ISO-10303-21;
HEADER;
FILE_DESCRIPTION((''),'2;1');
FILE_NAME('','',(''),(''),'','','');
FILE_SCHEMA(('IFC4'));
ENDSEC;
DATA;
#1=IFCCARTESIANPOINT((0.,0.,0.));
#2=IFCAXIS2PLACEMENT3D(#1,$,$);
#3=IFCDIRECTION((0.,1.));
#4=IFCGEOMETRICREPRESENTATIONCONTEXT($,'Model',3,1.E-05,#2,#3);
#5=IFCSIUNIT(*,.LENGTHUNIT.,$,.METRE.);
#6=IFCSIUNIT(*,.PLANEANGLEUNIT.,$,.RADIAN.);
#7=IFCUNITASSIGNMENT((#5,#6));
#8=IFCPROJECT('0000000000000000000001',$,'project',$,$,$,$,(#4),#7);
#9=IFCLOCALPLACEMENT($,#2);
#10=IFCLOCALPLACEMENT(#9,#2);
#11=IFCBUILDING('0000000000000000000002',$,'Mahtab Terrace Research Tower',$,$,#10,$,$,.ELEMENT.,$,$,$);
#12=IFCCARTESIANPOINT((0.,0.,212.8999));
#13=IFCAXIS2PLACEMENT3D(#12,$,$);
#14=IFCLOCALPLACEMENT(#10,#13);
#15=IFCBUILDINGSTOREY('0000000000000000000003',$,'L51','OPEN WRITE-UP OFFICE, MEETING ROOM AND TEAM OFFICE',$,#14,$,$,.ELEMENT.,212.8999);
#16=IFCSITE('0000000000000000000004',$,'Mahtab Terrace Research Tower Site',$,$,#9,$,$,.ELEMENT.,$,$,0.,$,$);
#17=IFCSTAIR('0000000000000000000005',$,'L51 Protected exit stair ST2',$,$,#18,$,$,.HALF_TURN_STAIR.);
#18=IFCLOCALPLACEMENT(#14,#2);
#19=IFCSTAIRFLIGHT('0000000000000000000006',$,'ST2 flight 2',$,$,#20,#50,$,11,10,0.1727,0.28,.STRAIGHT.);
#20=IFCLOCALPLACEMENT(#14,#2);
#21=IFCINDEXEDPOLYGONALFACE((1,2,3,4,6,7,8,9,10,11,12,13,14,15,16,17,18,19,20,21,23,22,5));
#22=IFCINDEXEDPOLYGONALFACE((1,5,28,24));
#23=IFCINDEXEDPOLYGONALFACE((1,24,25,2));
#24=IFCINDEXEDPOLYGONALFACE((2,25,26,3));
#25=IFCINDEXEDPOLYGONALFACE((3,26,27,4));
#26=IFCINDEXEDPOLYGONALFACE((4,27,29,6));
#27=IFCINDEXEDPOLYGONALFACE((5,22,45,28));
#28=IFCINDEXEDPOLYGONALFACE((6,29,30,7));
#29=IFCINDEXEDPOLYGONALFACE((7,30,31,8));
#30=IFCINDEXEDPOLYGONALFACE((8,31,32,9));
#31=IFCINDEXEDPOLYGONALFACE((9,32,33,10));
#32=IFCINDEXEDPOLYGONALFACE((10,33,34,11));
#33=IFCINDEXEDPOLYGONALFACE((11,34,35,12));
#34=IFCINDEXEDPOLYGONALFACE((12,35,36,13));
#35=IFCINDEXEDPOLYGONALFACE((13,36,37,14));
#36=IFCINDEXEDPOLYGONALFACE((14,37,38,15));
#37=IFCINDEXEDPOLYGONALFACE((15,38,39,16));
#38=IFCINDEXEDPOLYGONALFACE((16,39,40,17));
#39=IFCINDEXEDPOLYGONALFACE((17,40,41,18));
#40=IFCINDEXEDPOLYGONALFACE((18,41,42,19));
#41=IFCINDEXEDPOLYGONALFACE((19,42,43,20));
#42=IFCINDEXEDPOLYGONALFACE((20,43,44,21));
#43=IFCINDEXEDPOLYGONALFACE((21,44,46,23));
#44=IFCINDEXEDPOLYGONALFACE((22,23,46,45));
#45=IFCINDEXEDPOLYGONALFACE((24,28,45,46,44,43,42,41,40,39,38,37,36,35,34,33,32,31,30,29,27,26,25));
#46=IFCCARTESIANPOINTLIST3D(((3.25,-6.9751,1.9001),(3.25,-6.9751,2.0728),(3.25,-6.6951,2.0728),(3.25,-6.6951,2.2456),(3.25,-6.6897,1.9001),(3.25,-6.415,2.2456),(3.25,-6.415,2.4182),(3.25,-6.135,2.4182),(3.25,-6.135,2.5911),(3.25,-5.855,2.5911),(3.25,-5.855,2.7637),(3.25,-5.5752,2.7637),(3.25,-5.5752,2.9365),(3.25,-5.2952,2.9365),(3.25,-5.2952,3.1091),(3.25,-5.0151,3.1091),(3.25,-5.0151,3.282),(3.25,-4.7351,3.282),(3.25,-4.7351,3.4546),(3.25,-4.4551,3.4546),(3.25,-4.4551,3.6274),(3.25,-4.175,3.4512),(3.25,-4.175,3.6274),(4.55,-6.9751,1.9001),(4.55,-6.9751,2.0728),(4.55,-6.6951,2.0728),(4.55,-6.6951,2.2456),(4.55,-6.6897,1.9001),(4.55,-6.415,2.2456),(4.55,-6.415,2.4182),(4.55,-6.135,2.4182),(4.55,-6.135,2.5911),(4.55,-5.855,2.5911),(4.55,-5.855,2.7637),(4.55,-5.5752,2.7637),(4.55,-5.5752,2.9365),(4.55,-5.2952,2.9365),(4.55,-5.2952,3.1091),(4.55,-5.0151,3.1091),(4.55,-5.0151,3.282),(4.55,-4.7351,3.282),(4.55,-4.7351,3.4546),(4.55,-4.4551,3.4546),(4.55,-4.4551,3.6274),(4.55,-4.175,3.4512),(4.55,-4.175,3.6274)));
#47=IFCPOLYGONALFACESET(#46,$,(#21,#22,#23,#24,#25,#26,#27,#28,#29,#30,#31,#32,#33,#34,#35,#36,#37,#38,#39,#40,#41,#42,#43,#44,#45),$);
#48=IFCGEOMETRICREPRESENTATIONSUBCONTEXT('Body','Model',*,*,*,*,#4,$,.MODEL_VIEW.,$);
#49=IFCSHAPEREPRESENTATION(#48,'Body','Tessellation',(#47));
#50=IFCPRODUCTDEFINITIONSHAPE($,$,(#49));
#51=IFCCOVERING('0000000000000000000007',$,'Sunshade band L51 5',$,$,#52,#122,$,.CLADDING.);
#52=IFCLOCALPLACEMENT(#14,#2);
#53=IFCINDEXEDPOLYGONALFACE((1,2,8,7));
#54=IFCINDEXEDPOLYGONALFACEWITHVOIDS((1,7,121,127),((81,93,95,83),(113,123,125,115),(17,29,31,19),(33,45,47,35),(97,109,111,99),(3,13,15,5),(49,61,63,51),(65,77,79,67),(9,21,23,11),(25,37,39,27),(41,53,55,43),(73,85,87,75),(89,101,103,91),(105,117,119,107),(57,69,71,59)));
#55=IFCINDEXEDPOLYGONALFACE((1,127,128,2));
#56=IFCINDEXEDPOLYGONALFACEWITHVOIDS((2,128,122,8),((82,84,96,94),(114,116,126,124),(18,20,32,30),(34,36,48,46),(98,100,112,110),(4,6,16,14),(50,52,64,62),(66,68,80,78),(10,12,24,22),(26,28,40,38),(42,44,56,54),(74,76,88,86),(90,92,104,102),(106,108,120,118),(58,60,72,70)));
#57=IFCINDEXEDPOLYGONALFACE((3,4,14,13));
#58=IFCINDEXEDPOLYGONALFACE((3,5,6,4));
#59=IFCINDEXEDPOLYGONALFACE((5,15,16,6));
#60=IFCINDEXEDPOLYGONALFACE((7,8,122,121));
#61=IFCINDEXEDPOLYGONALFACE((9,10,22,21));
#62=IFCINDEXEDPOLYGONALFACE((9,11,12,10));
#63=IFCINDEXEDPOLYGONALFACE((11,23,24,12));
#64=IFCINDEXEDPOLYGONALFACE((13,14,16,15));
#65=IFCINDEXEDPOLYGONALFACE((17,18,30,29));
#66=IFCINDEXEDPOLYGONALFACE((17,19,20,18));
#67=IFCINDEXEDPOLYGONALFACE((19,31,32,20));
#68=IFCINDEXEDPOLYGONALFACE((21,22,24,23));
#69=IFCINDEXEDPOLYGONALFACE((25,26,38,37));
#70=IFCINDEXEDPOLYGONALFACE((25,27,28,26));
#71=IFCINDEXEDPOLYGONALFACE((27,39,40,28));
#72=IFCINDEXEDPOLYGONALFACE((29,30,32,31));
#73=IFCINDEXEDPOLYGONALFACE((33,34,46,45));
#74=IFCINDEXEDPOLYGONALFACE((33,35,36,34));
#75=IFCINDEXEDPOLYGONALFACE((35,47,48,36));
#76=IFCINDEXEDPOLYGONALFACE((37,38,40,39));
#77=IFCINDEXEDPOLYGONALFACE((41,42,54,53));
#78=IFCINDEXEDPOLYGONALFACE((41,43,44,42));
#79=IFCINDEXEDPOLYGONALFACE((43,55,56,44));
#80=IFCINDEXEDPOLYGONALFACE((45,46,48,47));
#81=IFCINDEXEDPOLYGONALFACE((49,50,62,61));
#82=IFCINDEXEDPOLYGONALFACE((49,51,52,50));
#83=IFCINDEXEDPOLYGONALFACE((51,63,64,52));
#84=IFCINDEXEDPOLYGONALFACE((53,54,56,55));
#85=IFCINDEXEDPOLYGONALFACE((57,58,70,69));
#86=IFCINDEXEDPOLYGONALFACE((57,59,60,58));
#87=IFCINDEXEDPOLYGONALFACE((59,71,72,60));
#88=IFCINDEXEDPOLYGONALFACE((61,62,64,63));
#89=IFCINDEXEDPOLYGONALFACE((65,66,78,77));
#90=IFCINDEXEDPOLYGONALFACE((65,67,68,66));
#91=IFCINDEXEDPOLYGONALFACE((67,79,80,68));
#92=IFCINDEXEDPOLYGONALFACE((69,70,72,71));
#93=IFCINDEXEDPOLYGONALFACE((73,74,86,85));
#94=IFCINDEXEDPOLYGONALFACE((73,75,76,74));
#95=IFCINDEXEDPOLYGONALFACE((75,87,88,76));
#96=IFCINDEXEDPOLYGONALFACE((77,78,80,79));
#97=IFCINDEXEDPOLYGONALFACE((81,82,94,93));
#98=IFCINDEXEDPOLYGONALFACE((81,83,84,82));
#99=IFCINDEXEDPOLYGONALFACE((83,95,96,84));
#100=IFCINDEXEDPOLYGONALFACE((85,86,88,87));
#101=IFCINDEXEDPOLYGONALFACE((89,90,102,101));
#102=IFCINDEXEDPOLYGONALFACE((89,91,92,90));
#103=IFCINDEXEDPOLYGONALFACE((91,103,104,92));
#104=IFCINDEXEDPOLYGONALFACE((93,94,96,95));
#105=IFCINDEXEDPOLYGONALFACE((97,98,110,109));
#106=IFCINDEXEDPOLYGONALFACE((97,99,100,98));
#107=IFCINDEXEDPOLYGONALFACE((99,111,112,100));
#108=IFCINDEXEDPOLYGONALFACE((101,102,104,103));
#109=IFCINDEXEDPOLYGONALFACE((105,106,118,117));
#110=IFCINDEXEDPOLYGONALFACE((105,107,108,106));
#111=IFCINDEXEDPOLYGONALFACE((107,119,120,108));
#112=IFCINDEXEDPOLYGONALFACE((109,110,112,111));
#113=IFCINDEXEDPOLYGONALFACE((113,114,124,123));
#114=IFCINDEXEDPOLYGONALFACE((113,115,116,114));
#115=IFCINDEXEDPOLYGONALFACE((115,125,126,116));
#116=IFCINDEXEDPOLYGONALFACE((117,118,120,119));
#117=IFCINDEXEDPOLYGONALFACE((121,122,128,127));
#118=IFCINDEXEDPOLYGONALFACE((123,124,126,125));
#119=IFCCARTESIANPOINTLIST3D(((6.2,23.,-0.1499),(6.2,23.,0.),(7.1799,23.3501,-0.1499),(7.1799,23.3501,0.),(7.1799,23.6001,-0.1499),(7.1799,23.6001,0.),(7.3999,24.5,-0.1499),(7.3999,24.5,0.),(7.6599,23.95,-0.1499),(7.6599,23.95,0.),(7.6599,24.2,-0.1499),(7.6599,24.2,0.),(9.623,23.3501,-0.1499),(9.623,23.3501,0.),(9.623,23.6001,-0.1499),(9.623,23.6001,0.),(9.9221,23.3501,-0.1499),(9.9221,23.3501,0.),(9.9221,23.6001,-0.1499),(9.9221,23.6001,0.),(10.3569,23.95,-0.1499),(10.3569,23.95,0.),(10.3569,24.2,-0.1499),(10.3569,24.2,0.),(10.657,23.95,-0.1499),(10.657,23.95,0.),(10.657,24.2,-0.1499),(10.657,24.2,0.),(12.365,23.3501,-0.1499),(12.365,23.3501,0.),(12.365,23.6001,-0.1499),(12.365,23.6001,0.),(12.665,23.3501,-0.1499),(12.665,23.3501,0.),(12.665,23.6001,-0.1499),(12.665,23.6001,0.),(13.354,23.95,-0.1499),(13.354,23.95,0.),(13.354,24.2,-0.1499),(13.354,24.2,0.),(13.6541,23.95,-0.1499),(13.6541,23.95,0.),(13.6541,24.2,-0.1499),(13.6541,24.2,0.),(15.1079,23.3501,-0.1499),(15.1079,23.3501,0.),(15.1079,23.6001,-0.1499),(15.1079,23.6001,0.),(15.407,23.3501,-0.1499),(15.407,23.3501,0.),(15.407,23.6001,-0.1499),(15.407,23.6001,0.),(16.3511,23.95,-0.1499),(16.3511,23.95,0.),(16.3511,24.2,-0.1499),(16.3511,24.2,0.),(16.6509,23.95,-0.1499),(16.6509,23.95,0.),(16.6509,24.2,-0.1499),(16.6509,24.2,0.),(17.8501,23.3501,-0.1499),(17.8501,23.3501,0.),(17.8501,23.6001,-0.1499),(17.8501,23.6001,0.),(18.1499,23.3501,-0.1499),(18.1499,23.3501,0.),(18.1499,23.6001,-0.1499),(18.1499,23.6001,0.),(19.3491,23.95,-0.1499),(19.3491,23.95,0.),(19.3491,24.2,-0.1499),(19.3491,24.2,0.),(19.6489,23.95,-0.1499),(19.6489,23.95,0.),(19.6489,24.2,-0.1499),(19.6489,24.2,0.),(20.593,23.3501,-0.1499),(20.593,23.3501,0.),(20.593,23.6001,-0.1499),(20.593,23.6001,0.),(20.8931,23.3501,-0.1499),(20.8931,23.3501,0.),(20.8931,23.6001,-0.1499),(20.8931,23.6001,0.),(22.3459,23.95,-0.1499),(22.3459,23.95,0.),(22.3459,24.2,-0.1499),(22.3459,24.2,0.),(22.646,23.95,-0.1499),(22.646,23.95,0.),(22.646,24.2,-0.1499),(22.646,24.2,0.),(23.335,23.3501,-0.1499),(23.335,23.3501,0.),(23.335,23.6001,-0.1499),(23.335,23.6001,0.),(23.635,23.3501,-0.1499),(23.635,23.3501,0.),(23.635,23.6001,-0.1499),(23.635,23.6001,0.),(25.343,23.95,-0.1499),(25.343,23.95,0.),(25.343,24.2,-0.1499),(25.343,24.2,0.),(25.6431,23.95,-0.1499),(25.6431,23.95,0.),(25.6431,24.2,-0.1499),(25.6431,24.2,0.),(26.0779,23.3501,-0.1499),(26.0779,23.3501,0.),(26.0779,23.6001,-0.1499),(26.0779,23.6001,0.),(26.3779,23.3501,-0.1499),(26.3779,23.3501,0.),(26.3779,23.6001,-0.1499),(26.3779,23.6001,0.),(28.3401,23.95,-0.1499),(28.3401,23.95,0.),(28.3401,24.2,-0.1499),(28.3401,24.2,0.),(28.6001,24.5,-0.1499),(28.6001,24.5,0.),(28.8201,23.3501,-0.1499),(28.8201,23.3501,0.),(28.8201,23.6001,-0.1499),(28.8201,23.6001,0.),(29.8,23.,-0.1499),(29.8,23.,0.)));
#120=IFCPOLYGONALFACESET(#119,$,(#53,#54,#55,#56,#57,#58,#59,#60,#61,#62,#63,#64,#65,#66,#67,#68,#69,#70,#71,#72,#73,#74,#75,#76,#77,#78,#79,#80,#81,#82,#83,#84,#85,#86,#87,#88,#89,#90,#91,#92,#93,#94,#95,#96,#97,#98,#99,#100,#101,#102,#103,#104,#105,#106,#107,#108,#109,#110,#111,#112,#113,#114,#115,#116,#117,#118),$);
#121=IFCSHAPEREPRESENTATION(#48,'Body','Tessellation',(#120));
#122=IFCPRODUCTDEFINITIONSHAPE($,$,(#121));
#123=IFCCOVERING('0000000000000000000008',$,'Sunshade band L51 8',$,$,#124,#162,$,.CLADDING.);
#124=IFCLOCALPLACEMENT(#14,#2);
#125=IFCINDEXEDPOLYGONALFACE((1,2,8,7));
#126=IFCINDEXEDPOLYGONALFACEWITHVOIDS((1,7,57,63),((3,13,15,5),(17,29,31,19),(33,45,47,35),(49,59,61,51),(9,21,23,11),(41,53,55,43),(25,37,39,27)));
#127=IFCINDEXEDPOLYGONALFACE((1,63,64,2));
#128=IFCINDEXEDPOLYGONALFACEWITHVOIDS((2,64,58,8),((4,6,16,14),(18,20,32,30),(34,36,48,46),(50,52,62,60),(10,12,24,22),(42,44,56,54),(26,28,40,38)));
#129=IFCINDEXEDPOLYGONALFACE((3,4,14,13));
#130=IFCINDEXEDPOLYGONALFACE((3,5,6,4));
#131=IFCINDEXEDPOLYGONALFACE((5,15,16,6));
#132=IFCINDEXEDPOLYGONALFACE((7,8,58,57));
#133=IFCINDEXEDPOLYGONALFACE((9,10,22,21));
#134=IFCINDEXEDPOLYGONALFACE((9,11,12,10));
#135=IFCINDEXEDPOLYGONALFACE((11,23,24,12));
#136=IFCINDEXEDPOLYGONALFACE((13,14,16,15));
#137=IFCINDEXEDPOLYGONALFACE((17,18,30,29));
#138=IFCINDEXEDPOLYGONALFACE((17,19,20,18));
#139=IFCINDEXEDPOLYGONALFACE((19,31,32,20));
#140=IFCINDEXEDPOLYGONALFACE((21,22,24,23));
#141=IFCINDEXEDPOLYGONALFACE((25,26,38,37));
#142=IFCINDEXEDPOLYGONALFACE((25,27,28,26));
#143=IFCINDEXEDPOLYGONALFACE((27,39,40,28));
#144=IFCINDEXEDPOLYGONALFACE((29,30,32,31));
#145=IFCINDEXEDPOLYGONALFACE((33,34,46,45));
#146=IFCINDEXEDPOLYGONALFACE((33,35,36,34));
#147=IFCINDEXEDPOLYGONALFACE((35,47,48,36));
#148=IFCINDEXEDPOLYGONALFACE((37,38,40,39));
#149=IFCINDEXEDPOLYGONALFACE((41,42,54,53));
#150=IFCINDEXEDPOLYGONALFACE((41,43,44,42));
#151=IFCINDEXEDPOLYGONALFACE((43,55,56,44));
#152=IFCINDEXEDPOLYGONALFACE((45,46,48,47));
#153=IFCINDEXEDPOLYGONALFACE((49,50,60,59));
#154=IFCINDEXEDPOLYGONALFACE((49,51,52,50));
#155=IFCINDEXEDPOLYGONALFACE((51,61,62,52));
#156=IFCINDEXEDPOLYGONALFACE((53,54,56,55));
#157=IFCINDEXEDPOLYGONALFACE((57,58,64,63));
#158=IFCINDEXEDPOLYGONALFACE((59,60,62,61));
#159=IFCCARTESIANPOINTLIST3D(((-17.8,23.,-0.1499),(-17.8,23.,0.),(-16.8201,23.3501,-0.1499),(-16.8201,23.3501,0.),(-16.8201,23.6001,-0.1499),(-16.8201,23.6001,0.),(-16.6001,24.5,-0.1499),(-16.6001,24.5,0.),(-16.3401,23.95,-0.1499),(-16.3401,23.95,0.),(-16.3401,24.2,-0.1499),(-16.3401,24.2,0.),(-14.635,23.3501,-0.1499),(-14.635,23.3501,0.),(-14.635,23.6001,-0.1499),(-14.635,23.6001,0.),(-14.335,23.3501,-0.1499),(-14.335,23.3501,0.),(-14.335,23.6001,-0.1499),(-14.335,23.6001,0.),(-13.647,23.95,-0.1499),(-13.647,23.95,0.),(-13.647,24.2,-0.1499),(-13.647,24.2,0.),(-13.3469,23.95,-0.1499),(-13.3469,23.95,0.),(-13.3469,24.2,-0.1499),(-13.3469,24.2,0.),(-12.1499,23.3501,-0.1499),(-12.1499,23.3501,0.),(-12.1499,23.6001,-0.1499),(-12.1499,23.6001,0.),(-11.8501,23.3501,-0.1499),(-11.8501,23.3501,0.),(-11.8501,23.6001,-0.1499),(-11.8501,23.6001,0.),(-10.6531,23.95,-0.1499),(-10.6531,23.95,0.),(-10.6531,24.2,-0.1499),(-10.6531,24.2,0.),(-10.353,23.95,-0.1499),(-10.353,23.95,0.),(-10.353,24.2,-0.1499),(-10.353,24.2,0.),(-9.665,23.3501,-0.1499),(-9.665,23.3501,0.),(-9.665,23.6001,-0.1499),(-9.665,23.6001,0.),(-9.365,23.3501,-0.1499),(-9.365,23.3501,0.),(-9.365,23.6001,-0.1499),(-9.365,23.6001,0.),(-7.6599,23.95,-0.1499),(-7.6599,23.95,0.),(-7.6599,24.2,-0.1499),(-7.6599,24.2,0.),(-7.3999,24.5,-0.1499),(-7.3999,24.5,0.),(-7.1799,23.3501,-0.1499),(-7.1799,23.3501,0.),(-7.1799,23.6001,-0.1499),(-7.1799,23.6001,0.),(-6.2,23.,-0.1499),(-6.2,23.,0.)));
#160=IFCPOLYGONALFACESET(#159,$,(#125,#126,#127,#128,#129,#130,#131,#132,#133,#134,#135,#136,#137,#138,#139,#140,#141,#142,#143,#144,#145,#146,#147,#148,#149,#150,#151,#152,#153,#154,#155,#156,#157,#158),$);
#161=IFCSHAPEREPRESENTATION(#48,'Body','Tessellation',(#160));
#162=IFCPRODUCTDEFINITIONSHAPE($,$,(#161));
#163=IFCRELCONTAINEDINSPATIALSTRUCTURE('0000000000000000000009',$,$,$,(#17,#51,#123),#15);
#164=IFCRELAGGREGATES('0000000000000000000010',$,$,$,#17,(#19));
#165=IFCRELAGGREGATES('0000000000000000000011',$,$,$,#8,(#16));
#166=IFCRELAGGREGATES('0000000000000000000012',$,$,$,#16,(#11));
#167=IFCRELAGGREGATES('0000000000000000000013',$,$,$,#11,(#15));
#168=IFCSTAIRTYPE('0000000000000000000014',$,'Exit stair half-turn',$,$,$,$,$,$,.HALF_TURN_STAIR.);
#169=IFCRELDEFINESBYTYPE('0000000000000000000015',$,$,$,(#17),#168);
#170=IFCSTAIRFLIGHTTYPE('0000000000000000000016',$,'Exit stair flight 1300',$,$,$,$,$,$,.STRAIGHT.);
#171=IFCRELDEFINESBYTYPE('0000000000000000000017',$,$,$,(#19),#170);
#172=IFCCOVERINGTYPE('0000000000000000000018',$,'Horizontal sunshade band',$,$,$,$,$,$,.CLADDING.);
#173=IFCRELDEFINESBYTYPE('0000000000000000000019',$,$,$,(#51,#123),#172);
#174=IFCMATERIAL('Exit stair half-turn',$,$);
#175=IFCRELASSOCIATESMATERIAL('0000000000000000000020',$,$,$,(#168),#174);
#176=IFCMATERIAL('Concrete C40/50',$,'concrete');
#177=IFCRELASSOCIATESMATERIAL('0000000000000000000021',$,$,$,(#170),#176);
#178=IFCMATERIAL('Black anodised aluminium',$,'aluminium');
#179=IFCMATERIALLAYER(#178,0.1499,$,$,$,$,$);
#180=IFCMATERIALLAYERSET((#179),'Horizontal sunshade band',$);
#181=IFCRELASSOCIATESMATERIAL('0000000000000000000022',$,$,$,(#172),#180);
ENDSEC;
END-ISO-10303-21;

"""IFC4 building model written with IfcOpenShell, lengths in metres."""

from ifc_helpers import new_model, si_unit, direction, frame, origin, place, context, subcontext, project, spatial, polyline, outline, extrude, material, layer, layer_set, type_object, element, aggregate, save


model = new_model("IFC4")

# Units and contexts
model_context = context("Model", 3, precision=1e-05, world=origin(), true_north=direction((0.0, 1.0)))
body_context = subcontext(model_context, "Body", "Model", "MODEL_VIEW")
ifc_project = project(units=[si_unit("LENGTHUNIT", "METRE"), si_unit("PLANEANGLEUNIT", "RADIAN")], contexts=[model_context])

# Site, building, storey
site_placement = place(None, origin())
site = spatial("IfcSite", under=ifc_project, at=site_placement, Name="Mahtab Terrace Research Tower Site", CompositionType="ELEMENT", RefElevation=0.0)
building_placement = place(site_placement, origin())
building = spatial("IfcBuilding", under=site, at=building_placement, Name="Mahtab Terrace Research Tower", CompositionType="ELEMENT")
storey_placement = place(building_placement, frame((0.0, 0.0, 212.8999)))
storey = spatial("IfcBuildingStorey", under=building, at=storey_placement, Name="L51", Description="OPEN WRITE-UP OFFICE, MEETING ROOM AND TEAM OFFICE", CompositionType="ELEMENT", Elevation=212.8999)

# Shared definitions
ifc_material_1 = material(Name="Concrete C40/50", Category="concrete")

# Stair, stair flight
ifc_material_2 = material(Name="Exit stair half-turn")
stair_type = type_object("IfcStairType", Name="Exit stair half-turn", PredefinedType="HALF_TURN_STAIR", material=ifc_material_2)
stair_placement = place(storey_placement, origin())
stair = element("IfcStair", 1, at=stair_placement, inside=storey, type_object=stair_type, Name="L51 Protected exit stair ST2", PredefinedType="HALF_TURN_STAIR")
stair_flight_type = type_object("IfcStairFlightType", Name="Exit stair flight 1300", PredefinedType="STRAIGHT", material=ifc_material_1)
stair_flight_1_placement = place(storey_placement, frame((3.8999, -6.9751, 1.9001), z_axis=(0.0, 0.0, 1.0), x_axis=(0.0, 1.0, 0.0)))
stair_flight_1 = element("IfcStairFlight", 2, at=stair_flight_1_placement, type_object=stair_flight_type, Name="ST2 flight 2", NumberOfRisers=11, NumberOfTreads=10, PredefinedType="STRAIGHT", RiserHeight=0.1727, TreadLength=0.28, context=body_context, shape_type="SweptSolid", body=[
    extrude(outline(polyline([(0.0, 0.0), (0.0, 0.1726), (0.28, 0.1726), (0.28, 0.3455), (0.5601, 0.3455), (0.5601, 0.5181), (0.8401, 0.5181), (0.8401, 0.6909), (1.1201, 0.6909), (1.1201, 0.8635), (1.3999, 0.8635), (1.3999, 1.0364), (1.6799, 1.0364), (1.6799, 1.209), (1.96, 1.209), (1.96, 1.3818), (2.24, 1.3818), (2.24, 1.5544), (2.52, 1.5544), (2.52, 1.7273), (2.8, 1.7273), (2.8, 1.8999), (2.8, 1.551), (0.2854, 0.0), (0.0, 0.0)])), frame((0.0, 0.6499, 0.0), z_axis=(0.0, -1.0, 0.0), x_axis=(1.0, 0.0, 0.0)), (0.0, 0.0, 1.0), 1.3),
])
aggregate(stair, [stair_flight_1])

# Coverings
ifc_material_3 = material(Name="Black anodised aluminium", Category="aluminium")
ifc_layer_1 = layer(ifc_material_3, 0.1499)
ifc_layer_set_1 = layer_set([ifc_layer_1], Name="Horizontal sunshade band")
covering_type = type_object("IfcCoveringType", Name="Horizontal sunshade band", PredefinedType="CLADDING", material=ifc_layer_set_1)
covering_1_placement = place(storey_placement, frame((0.0, 0.0, -0.1499)))
element("IfcCovering", 3, at=covering_1_placement, inside=storey, type_object=covering_type, Name="Sunshade band L51 5", PredefinedType="CLADDING", context=body_context, shape_type="SweptSolid", body=[
    extrude(outline(polyline([(29.8, 23.0), (6.2, 23.0), (7.3999, 24.5), (28.6001, 24.5), (29.8, 23.0)]), holes=[polyline([(28.8201, 23.3501), (26.3779, 23.3501), (26.3779, 23.6001), (28.8201, 23.6001), (28.8201, 23.3501)]), polyline([(26.0779, 23.3501), (23.635, 23.3501), (23.635, 23.6001), (26.0779, 23.6001), (26.0779, 23.3501)]), polyline([(23.335, 23.3501), (20.8931, 23.3501), (20.8931, 23.6001), (23.335, 23.6001), (23.335, 23.3501)]), polyline([(20.593, 23.3501), (18.1499, 23.3501), (18.1499, 23.6001), (20.593, 23.6001), (20.593, 23.3501)]), polyline([(17.8501, 23.3501), (15.407, 23.3501), (15.407, 23.6001), (17.8501, 23.6001), (17.8501, 23.3501)]), polyline([(15.1079, 23.3501), (12.665, 23.3501), (12.665, 23.6001), (15.1079, 23.6001), (15.1079, 23.3501)]), polyline([(12.365, 23.3501), (9.9221, 23.3501), (9.9221, 23.6001), (12.365, 23.6001), (12.365, 23.3501)]), polyline([(9.623, 23.3501), (7.1799, 23.3501), (7.1799, 23.6001), (9.623, 23.6001), (9.623, 23.3501)]), polyline([(28.3401, 23.95), (25.6431, 23.95), (25.6431, 24.2), (28.3401, 24.2), (28.3401, 23.95)]), polyline([(25.343, 23.95), (22.646, 23.95), (22.646, 24.2), (25.343, 24.2), (25.343, 23.95)]), polyline([(22.3459, 23.95), (19.6489, 23.95), (19.6489, 24.2), (22.3459, 24.2), (22.3459, 23.95)]), polyline([(19.3491, 23.95), (16.6509, 23.95), (16.6509, 24.2), (19.3491, 24.2), (19.3491, 23.95)]), polyline([(16.3511, 23.95), (13.6541, 23.95), (13.6541, 24.2), (16.3511, 24.2), (16.3511, 23.95)]), polyline([(13.354, 23.95), (10.657, 23.95), (10.657, 24.2), (13.354, 24.2), (13.354, 23.95)]), polyline([(10.3569, 23.95), (7.6599, 23.95), (7.6599, 24.2), (10.3569, 24.2), (10.3569, 23.95)])]), origin(), (0.0, 0.0, 1.0), 0.1499),
])
covering_2_placement = place(storey_placement, frame((0.0, 0.0, -0.1499)))
element("IfcCovering", 4, at=covering_2_placement, inside=storey, type_object=covering_type, Name="Sunshade band L51 8", PredefinedType="CLADDING", context=body_context, shape_type="SweptSolid", body=[
    extrude(outline(polyline([(-6.2, 23.0), (-17.8, 23.0), (-16.6001, 24.5), (-7.3999, 24.5), (-6.2, 23.0)]), holes=[polyline([(-7.1799, 23.3501), (-9.365, 23.3501), (-9.365, 23.6001), (-7.1799, 23.6001), (-7.1799, 23.3501)]), polyline([(-9.665, 23.3501), (-11.8501, 23.3501), (-11.8501, 23.6001), (-9.665, 23.6001), (-9.665, 23.3501)]), polyline([(-12.1499, 23.3501), (-14.335, 23.3501), (-14.335, 23.6001), (-12.1499, 23.6001), (-12.1499, 23.3501)]), polyline([(-14.635, 23.3501), (-16.8201, 23.3501), (-16.8201, 23.6001), (-14.635, 23.6001), (-14.635, 23.3501)]), polyline([(-7.6599, 23.95), (-10.353, 23.95), (-10.353, 24.2), (-7.6599, 24.2), (-7.6599, 23.95)]), polyline([(-10.6531, 23.95), (-13.3469, 23.95), (-13.3469, 24.2), (-10.6531, 24.2), (-10.6531, 23.95)]), polyline([(-13.647, 23.95), (-16.3401, 23.95), (-16.3401, 24.2), (-13.647, 24.2), (-13.647, 23.95)])]), origin(), (0.0, 0.0, 1.0), 0.1499),
])

save(model, "model.ifc")
